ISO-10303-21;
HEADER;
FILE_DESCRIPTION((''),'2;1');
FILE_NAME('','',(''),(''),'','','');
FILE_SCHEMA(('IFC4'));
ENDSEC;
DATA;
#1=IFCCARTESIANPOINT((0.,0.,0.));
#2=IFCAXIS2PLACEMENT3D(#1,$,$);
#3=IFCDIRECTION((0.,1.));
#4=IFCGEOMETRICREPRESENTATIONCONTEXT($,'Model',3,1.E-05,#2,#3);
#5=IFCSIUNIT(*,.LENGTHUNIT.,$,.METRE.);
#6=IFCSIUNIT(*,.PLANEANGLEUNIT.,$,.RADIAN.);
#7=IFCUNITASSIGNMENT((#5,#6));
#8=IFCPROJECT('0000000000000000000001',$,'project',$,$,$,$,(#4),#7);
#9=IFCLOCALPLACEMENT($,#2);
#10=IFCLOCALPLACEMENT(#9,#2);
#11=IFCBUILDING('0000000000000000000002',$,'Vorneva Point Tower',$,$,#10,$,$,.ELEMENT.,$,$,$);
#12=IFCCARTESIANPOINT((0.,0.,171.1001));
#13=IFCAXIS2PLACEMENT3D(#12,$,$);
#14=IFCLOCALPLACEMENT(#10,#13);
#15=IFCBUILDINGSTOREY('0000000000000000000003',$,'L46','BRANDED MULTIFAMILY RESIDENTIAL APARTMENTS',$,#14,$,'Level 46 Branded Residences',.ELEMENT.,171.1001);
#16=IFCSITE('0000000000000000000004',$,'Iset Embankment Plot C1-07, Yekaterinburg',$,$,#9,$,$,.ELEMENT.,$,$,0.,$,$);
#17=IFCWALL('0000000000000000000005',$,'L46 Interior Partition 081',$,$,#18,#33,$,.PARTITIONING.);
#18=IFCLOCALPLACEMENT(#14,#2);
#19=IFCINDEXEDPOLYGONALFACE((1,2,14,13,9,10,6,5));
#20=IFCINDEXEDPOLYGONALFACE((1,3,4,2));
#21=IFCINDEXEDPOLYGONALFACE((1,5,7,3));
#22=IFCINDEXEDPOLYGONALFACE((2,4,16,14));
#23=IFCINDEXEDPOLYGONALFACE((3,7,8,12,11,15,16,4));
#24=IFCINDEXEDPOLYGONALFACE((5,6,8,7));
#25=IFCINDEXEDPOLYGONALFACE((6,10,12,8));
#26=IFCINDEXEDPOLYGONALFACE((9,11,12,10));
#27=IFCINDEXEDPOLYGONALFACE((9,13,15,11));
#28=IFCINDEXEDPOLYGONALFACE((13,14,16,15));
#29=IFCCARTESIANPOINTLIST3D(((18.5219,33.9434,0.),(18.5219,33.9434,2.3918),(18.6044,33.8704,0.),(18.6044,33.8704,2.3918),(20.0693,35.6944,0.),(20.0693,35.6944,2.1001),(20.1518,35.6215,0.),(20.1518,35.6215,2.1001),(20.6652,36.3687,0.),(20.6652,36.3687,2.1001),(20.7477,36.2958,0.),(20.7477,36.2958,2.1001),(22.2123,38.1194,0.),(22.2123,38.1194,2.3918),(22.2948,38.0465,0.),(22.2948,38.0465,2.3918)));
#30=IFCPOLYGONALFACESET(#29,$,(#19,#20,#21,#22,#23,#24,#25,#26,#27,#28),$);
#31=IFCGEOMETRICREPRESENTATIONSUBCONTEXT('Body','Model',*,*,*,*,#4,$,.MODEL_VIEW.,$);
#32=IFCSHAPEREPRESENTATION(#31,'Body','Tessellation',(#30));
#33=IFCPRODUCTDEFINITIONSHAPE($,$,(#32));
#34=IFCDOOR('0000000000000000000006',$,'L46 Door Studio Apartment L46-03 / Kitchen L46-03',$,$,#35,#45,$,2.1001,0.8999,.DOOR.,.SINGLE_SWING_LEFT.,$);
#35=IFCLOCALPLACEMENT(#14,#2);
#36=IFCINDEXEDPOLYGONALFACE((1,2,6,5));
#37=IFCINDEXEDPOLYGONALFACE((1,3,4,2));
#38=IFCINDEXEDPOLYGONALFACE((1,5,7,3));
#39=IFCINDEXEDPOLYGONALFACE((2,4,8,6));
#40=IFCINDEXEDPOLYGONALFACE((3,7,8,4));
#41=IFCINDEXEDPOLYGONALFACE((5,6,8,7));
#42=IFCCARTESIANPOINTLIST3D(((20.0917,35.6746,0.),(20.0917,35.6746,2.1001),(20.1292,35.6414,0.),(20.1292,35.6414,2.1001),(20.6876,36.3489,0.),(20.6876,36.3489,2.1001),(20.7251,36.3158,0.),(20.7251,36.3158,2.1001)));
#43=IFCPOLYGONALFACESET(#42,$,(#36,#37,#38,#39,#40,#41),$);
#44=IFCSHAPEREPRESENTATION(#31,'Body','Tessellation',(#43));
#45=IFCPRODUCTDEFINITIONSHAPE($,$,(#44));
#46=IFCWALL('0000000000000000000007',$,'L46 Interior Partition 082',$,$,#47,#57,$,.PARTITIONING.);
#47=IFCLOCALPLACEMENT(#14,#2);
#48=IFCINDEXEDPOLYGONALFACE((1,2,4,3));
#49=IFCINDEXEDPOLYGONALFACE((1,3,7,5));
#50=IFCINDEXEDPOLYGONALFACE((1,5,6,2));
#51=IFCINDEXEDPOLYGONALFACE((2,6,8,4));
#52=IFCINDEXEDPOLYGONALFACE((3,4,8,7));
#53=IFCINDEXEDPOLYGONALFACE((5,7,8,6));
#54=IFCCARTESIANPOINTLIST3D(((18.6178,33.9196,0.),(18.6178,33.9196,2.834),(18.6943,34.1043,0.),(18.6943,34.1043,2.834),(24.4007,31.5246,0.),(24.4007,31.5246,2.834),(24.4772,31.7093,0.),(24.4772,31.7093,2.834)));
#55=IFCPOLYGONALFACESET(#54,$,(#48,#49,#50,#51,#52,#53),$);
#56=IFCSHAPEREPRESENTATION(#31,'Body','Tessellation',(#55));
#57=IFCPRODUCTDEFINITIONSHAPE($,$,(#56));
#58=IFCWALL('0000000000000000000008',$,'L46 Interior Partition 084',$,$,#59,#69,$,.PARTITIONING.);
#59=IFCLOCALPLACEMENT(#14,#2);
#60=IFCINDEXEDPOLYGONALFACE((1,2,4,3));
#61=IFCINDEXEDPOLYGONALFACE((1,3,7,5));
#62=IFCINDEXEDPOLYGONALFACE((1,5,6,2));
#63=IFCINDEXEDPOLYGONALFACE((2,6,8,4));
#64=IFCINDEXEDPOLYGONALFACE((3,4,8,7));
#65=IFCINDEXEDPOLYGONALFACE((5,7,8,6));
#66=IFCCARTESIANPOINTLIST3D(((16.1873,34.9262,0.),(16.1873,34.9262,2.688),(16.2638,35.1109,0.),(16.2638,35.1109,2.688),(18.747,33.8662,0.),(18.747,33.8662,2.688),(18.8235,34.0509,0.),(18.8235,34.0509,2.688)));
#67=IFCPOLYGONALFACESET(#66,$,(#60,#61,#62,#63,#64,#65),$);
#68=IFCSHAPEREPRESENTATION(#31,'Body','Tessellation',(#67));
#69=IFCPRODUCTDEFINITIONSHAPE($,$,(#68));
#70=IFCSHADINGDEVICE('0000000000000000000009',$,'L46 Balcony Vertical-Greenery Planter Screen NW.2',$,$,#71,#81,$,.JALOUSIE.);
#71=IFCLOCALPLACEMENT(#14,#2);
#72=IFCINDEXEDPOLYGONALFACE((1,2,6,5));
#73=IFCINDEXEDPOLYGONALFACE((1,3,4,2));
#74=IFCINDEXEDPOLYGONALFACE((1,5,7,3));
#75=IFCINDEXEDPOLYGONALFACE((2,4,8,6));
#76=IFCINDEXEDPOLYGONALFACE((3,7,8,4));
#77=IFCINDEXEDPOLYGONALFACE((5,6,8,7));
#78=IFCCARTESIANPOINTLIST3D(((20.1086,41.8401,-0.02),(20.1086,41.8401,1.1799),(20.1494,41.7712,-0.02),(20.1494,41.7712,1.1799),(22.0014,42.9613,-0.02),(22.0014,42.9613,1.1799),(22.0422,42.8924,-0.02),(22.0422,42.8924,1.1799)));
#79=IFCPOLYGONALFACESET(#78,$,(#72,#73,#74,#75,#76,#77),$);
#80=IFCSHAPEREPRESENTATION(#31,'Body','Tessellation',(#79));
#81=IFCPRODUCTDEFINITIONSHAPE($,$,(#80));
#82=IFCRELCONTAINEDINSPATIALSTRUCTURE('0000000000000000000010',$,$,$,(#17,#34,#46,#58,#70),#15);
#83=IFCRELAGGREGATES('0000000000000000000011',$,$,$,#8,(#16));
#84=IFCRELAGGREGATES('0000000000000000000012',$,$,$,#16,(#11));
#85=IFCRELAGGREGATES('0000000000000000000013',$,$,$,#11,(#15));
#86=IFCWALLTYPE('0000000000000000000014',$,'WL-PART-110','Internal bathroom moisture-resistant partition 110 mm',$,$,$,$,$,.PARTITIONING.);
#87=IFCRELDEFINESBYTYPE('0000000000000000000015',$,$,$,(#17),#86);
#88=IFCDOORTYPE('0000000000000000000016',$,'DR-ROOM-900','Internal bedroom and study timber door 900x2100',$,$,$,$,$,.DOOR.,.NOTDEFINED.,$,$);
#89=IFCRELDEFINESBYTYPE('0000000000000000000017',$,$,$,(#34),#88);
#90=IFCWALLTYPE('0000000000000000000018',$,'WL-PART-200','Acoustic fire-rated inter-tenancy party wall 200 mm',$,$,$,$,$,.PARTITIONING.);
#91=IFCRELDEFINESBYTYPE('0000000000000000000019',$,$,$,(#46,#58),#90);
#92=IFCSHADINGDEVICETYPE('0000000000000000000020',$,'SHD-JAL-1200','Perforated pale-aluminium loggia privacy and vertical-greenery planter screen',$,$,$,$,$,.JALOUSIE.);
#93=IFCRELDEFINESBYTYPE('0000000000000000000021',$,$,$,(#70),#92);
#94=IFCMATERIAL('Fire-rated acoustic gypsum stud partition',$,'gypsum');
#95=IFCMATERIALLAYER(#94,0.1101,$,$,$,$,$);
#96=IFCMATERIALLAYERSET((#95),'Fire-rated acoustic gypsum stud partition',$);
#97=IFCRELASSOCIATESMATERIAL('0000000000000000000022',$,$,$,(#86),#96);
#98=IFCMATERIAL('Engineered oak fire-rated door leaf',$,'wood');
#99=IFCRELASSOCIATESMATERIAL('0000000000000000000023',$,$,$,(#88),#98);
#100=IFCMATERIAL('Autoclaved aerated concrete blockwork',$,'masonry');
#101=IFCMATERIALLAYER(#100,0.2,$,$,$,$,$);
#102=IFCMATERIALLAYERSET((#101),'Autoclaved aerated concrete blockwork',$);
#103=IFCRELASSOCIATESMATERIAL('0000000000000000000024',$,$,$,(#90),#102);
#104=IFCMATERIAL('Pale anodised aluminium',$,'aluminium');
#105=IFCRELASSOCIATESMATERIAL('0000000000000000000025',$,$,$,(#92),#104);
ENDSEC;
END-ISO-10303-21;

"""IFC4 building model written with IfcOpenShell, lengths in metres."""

from ifc_helpers import new_model, si_unit, direction, frame, frame_2d, origin, origin_2d, place, context, subcontext, project, spatial, rectangle, extrude, material, layer, layer_set, type_object, element, fill, save


model = new_model("IFC4")

# Units and contexts
model_context = context("Model", 3, precision=1e-05, world=origin(), true_north=direction((0.0, 1.0)))
body_context = subcontext(model_context, "Body", "Model", "MODEL_VIEW")
ifc_project = project(units=[si_unit("LENGTHUNIT", "METRE"), si_unit("PLANEANGLEUNIT", "RADIAN")], contexts=[model_context])

# Site, building, storey
site_placement = place(None, origin())
site = spatial("IfcSite", under=ifc_project, at=site_placement, Name="Iset Embankment Plot C1-07, Yekaterinburg", CompositionType="ELEMENT", RefElevation=0.0)
building_placement = place(site_placement, origin())
building = spatial("IfcBuilding", under=site, at=building_placement, Name="Vorneva Point Tower", CompositionType="ELEMENT")
storey_placement = place(building_placement, frame((0.0, 0.0, 171.1001)))
storey = spatial("IfcBuildingStorey", under=building, at=storey_placement, Name="L46", Description="BRANDED MULTIFAMILY RESIDENTIAL APARTMENTS", LongName="Level 46 Branded Residences", CompositionType="ELEMENT", Elevation=171.1001)

# Shared definitions
ifc_material_1 = material(Name="Pale anodised aluminium", Category="aluminium")

# Shared definitions
ifc_material_2 = material(Name="Fire-rated acoustic gypsum stud partition", Category="gypsum")
ifc_layer_1 = layer(ifc_material_2, 0.1101)
ifc_layer_set_1 = layer_set([ifc_layer_1], Name="Fire-rated acoustic gypsum stud partition")
wall_type_1 = type_object("IfcWallType", Name="WL-PART-110", Description="Internal bathroom moisture-resistant partition 110 mm", PredefinedType="PARTITIONING", material=ifc_layer_set_1)

# Wall, opening, door
wall_1_placement = place(storey_placement, frame((22.2537, 38.083, 0.0), z_axis=(0.0, 0.0, 1.0), x_axis=(-0.662197, -0.74933, 0.0)))
wall_1 = element("IfcWall", 1, at=wall_1_placement, inside=storey, type_object=wall_type_1, Name="L46 Interior Partition 081", PredefinedType="PARTITIONING", context=body_context, shape_type="SweptSolid", body=[
    extrude(rectangle(XDim=5.573, YDim=0.1101, at=frame_2d((2.7866, 0.0))), origin(), (0.0, 0.0, 1.0), 2.3918),
])
opening_1_placement = place(wall_1_placement, frame((2.3364, 0.0, 0.0)))
opening_1 = element("IfcOpeningElement", 2, at=opening_1_placement, cuts=wall_1, PredefinedType="OPENING", context=body_context, shape_type="SweptSolid", body=[
    extrude(rectangle(XDim=0.8999, YDim=2.1001, at=frame_2d((0.45, 1.05))), frame((0.0, 0.0698, 0.0), z_axis=(0.0, -1.0, 0.0), x_axis=(1.0, 0.0, 0.0)), (0.0, 0.0, 1.0), 0.1399),
])
ifc_material_3 = material(Name="Engineered oak fire-rated door leaf", Category="wood")
door_type_1 = type_object("IfcDoorType", Name="DR-ROOM-900", Description="Internal bedroom and study timber door 900x2100", OperationType="NOTDEFINED", PredefinedType="DOOR", material=ifc_material_3)
door_1_placement = place(opening_1_placement, origin())
door_1 = element("IfcDoor", 3, at=door_1_placement, inside=storey, type_object=door_type_1, Name="L46 Door Studio Apartment L46-03 / Kitchen L46-03", OperationType="SINGLE_SWING_LEFT", OverallHeight=2.1001, OverallWidth=0.8999, PredefinedType="DOOR", context=body_context, shape_type="SweptSolid", body=[
    extrude(rectangle(XDim=0.8999, YDim=2.1001, at=frame_2d((0.45, 1.05))), frame((0.0, 0.0249, 0.0), z_axis=(0.0, -1.0, 0.0), x_axis=(1.0, 0.0, 0.0)), (0.0, 0.0, 1.0), 0.05),
])
fill(opening_1, door_1)
ifc_material_4 = material(Name="Autoclaved aerated concrete blockwork", Category="masonry")

# Walls
ifc_layer_2 = layer(ifc_material_4, 0.2)
ifc_layer_set_2 = layer_set([ifc_layer_2], Name="Autoclaved aerated concrete blockwork")
wall_type_2 = type_object("IfcWallType", Name="WL-PART-200", Description="Acoustic fire-rated inter-tenancy party wall 200 mm", PredefinedType="PARTITIONING", material=ifc_layer_set_2)
wall_2_placement = place(storey_placement, frame((18.656, 34.012, 0.0), z_axis=(0.0, 0.0, 1.0), x_axis=(0.9239, -0.382634, 0.0)))
element("IfcWall", 4, at=wall_2_placement, inside=storey, type_object=wall_type_2, Name="L46 Interior Partition 082", PredefinedType="PARTITIONING", context=body_context, shape_type="SweptSolid", body=[
    extrude(rectangle(XDim=6.2593, YDim=0.2, at=frame_2d((3.1296, 0.0))), origin(), (0.0, 0.0, 1.0), 2.834),
])
wall_3_placement = place(storey_placement, frame((16.2256, 35.0186, 0.0), z_axis=(0.0, 0.0, 1.0), x_axis=(0.923912, -0.382606, 0.0)))
element("IfcWall", 5, at=wall_3_placement, inside=storey, type_object=wall_type_2, Name="L46 Interior Partition 084", PredefinedType="PARTITIONING", context=body_context, shape_type="SweptSolid", body=[
    extrude(rectangle(XDim=2.7705, YDim=0.2, at=frame_2d((1.3853, 0.0))), origin(), (0.0, 0.0, 1.0), 2.688),
])

# Shading device
shading_device_type = type_object("IfcShadingDeviceType", Name="SHD-JAL-1200", Description="Perforated pale-aluminium loggia privacy and vertical-greenery planter screen", PredefinedType="JALOUSIE", material=ifc_material_1)
shading_device_placement = place(storey_placement, frame((21.0754, 42.3662, -0.02), z_axis=(0.0, 0.0, 1.0), x_axis=(-0.860386, -0.509642, 0.0)))
element("IfcShadingDevice", 6, at=shading_device_placement, inside=storey, type_object=shading_device_type, Name="L46 Balcony Vertical-Greenery Planter Screen NW.2", PredefinedType="JALOUSIE", context=body_context, shape_type="SweptSolid", body=[
    extrude(rectangle(XDim=2.2, YDim=0.0801, at=origin_2d()), origin(), (0.0, 0.0, 1.0), 1.2),
])

save(model, "model.ifc")
